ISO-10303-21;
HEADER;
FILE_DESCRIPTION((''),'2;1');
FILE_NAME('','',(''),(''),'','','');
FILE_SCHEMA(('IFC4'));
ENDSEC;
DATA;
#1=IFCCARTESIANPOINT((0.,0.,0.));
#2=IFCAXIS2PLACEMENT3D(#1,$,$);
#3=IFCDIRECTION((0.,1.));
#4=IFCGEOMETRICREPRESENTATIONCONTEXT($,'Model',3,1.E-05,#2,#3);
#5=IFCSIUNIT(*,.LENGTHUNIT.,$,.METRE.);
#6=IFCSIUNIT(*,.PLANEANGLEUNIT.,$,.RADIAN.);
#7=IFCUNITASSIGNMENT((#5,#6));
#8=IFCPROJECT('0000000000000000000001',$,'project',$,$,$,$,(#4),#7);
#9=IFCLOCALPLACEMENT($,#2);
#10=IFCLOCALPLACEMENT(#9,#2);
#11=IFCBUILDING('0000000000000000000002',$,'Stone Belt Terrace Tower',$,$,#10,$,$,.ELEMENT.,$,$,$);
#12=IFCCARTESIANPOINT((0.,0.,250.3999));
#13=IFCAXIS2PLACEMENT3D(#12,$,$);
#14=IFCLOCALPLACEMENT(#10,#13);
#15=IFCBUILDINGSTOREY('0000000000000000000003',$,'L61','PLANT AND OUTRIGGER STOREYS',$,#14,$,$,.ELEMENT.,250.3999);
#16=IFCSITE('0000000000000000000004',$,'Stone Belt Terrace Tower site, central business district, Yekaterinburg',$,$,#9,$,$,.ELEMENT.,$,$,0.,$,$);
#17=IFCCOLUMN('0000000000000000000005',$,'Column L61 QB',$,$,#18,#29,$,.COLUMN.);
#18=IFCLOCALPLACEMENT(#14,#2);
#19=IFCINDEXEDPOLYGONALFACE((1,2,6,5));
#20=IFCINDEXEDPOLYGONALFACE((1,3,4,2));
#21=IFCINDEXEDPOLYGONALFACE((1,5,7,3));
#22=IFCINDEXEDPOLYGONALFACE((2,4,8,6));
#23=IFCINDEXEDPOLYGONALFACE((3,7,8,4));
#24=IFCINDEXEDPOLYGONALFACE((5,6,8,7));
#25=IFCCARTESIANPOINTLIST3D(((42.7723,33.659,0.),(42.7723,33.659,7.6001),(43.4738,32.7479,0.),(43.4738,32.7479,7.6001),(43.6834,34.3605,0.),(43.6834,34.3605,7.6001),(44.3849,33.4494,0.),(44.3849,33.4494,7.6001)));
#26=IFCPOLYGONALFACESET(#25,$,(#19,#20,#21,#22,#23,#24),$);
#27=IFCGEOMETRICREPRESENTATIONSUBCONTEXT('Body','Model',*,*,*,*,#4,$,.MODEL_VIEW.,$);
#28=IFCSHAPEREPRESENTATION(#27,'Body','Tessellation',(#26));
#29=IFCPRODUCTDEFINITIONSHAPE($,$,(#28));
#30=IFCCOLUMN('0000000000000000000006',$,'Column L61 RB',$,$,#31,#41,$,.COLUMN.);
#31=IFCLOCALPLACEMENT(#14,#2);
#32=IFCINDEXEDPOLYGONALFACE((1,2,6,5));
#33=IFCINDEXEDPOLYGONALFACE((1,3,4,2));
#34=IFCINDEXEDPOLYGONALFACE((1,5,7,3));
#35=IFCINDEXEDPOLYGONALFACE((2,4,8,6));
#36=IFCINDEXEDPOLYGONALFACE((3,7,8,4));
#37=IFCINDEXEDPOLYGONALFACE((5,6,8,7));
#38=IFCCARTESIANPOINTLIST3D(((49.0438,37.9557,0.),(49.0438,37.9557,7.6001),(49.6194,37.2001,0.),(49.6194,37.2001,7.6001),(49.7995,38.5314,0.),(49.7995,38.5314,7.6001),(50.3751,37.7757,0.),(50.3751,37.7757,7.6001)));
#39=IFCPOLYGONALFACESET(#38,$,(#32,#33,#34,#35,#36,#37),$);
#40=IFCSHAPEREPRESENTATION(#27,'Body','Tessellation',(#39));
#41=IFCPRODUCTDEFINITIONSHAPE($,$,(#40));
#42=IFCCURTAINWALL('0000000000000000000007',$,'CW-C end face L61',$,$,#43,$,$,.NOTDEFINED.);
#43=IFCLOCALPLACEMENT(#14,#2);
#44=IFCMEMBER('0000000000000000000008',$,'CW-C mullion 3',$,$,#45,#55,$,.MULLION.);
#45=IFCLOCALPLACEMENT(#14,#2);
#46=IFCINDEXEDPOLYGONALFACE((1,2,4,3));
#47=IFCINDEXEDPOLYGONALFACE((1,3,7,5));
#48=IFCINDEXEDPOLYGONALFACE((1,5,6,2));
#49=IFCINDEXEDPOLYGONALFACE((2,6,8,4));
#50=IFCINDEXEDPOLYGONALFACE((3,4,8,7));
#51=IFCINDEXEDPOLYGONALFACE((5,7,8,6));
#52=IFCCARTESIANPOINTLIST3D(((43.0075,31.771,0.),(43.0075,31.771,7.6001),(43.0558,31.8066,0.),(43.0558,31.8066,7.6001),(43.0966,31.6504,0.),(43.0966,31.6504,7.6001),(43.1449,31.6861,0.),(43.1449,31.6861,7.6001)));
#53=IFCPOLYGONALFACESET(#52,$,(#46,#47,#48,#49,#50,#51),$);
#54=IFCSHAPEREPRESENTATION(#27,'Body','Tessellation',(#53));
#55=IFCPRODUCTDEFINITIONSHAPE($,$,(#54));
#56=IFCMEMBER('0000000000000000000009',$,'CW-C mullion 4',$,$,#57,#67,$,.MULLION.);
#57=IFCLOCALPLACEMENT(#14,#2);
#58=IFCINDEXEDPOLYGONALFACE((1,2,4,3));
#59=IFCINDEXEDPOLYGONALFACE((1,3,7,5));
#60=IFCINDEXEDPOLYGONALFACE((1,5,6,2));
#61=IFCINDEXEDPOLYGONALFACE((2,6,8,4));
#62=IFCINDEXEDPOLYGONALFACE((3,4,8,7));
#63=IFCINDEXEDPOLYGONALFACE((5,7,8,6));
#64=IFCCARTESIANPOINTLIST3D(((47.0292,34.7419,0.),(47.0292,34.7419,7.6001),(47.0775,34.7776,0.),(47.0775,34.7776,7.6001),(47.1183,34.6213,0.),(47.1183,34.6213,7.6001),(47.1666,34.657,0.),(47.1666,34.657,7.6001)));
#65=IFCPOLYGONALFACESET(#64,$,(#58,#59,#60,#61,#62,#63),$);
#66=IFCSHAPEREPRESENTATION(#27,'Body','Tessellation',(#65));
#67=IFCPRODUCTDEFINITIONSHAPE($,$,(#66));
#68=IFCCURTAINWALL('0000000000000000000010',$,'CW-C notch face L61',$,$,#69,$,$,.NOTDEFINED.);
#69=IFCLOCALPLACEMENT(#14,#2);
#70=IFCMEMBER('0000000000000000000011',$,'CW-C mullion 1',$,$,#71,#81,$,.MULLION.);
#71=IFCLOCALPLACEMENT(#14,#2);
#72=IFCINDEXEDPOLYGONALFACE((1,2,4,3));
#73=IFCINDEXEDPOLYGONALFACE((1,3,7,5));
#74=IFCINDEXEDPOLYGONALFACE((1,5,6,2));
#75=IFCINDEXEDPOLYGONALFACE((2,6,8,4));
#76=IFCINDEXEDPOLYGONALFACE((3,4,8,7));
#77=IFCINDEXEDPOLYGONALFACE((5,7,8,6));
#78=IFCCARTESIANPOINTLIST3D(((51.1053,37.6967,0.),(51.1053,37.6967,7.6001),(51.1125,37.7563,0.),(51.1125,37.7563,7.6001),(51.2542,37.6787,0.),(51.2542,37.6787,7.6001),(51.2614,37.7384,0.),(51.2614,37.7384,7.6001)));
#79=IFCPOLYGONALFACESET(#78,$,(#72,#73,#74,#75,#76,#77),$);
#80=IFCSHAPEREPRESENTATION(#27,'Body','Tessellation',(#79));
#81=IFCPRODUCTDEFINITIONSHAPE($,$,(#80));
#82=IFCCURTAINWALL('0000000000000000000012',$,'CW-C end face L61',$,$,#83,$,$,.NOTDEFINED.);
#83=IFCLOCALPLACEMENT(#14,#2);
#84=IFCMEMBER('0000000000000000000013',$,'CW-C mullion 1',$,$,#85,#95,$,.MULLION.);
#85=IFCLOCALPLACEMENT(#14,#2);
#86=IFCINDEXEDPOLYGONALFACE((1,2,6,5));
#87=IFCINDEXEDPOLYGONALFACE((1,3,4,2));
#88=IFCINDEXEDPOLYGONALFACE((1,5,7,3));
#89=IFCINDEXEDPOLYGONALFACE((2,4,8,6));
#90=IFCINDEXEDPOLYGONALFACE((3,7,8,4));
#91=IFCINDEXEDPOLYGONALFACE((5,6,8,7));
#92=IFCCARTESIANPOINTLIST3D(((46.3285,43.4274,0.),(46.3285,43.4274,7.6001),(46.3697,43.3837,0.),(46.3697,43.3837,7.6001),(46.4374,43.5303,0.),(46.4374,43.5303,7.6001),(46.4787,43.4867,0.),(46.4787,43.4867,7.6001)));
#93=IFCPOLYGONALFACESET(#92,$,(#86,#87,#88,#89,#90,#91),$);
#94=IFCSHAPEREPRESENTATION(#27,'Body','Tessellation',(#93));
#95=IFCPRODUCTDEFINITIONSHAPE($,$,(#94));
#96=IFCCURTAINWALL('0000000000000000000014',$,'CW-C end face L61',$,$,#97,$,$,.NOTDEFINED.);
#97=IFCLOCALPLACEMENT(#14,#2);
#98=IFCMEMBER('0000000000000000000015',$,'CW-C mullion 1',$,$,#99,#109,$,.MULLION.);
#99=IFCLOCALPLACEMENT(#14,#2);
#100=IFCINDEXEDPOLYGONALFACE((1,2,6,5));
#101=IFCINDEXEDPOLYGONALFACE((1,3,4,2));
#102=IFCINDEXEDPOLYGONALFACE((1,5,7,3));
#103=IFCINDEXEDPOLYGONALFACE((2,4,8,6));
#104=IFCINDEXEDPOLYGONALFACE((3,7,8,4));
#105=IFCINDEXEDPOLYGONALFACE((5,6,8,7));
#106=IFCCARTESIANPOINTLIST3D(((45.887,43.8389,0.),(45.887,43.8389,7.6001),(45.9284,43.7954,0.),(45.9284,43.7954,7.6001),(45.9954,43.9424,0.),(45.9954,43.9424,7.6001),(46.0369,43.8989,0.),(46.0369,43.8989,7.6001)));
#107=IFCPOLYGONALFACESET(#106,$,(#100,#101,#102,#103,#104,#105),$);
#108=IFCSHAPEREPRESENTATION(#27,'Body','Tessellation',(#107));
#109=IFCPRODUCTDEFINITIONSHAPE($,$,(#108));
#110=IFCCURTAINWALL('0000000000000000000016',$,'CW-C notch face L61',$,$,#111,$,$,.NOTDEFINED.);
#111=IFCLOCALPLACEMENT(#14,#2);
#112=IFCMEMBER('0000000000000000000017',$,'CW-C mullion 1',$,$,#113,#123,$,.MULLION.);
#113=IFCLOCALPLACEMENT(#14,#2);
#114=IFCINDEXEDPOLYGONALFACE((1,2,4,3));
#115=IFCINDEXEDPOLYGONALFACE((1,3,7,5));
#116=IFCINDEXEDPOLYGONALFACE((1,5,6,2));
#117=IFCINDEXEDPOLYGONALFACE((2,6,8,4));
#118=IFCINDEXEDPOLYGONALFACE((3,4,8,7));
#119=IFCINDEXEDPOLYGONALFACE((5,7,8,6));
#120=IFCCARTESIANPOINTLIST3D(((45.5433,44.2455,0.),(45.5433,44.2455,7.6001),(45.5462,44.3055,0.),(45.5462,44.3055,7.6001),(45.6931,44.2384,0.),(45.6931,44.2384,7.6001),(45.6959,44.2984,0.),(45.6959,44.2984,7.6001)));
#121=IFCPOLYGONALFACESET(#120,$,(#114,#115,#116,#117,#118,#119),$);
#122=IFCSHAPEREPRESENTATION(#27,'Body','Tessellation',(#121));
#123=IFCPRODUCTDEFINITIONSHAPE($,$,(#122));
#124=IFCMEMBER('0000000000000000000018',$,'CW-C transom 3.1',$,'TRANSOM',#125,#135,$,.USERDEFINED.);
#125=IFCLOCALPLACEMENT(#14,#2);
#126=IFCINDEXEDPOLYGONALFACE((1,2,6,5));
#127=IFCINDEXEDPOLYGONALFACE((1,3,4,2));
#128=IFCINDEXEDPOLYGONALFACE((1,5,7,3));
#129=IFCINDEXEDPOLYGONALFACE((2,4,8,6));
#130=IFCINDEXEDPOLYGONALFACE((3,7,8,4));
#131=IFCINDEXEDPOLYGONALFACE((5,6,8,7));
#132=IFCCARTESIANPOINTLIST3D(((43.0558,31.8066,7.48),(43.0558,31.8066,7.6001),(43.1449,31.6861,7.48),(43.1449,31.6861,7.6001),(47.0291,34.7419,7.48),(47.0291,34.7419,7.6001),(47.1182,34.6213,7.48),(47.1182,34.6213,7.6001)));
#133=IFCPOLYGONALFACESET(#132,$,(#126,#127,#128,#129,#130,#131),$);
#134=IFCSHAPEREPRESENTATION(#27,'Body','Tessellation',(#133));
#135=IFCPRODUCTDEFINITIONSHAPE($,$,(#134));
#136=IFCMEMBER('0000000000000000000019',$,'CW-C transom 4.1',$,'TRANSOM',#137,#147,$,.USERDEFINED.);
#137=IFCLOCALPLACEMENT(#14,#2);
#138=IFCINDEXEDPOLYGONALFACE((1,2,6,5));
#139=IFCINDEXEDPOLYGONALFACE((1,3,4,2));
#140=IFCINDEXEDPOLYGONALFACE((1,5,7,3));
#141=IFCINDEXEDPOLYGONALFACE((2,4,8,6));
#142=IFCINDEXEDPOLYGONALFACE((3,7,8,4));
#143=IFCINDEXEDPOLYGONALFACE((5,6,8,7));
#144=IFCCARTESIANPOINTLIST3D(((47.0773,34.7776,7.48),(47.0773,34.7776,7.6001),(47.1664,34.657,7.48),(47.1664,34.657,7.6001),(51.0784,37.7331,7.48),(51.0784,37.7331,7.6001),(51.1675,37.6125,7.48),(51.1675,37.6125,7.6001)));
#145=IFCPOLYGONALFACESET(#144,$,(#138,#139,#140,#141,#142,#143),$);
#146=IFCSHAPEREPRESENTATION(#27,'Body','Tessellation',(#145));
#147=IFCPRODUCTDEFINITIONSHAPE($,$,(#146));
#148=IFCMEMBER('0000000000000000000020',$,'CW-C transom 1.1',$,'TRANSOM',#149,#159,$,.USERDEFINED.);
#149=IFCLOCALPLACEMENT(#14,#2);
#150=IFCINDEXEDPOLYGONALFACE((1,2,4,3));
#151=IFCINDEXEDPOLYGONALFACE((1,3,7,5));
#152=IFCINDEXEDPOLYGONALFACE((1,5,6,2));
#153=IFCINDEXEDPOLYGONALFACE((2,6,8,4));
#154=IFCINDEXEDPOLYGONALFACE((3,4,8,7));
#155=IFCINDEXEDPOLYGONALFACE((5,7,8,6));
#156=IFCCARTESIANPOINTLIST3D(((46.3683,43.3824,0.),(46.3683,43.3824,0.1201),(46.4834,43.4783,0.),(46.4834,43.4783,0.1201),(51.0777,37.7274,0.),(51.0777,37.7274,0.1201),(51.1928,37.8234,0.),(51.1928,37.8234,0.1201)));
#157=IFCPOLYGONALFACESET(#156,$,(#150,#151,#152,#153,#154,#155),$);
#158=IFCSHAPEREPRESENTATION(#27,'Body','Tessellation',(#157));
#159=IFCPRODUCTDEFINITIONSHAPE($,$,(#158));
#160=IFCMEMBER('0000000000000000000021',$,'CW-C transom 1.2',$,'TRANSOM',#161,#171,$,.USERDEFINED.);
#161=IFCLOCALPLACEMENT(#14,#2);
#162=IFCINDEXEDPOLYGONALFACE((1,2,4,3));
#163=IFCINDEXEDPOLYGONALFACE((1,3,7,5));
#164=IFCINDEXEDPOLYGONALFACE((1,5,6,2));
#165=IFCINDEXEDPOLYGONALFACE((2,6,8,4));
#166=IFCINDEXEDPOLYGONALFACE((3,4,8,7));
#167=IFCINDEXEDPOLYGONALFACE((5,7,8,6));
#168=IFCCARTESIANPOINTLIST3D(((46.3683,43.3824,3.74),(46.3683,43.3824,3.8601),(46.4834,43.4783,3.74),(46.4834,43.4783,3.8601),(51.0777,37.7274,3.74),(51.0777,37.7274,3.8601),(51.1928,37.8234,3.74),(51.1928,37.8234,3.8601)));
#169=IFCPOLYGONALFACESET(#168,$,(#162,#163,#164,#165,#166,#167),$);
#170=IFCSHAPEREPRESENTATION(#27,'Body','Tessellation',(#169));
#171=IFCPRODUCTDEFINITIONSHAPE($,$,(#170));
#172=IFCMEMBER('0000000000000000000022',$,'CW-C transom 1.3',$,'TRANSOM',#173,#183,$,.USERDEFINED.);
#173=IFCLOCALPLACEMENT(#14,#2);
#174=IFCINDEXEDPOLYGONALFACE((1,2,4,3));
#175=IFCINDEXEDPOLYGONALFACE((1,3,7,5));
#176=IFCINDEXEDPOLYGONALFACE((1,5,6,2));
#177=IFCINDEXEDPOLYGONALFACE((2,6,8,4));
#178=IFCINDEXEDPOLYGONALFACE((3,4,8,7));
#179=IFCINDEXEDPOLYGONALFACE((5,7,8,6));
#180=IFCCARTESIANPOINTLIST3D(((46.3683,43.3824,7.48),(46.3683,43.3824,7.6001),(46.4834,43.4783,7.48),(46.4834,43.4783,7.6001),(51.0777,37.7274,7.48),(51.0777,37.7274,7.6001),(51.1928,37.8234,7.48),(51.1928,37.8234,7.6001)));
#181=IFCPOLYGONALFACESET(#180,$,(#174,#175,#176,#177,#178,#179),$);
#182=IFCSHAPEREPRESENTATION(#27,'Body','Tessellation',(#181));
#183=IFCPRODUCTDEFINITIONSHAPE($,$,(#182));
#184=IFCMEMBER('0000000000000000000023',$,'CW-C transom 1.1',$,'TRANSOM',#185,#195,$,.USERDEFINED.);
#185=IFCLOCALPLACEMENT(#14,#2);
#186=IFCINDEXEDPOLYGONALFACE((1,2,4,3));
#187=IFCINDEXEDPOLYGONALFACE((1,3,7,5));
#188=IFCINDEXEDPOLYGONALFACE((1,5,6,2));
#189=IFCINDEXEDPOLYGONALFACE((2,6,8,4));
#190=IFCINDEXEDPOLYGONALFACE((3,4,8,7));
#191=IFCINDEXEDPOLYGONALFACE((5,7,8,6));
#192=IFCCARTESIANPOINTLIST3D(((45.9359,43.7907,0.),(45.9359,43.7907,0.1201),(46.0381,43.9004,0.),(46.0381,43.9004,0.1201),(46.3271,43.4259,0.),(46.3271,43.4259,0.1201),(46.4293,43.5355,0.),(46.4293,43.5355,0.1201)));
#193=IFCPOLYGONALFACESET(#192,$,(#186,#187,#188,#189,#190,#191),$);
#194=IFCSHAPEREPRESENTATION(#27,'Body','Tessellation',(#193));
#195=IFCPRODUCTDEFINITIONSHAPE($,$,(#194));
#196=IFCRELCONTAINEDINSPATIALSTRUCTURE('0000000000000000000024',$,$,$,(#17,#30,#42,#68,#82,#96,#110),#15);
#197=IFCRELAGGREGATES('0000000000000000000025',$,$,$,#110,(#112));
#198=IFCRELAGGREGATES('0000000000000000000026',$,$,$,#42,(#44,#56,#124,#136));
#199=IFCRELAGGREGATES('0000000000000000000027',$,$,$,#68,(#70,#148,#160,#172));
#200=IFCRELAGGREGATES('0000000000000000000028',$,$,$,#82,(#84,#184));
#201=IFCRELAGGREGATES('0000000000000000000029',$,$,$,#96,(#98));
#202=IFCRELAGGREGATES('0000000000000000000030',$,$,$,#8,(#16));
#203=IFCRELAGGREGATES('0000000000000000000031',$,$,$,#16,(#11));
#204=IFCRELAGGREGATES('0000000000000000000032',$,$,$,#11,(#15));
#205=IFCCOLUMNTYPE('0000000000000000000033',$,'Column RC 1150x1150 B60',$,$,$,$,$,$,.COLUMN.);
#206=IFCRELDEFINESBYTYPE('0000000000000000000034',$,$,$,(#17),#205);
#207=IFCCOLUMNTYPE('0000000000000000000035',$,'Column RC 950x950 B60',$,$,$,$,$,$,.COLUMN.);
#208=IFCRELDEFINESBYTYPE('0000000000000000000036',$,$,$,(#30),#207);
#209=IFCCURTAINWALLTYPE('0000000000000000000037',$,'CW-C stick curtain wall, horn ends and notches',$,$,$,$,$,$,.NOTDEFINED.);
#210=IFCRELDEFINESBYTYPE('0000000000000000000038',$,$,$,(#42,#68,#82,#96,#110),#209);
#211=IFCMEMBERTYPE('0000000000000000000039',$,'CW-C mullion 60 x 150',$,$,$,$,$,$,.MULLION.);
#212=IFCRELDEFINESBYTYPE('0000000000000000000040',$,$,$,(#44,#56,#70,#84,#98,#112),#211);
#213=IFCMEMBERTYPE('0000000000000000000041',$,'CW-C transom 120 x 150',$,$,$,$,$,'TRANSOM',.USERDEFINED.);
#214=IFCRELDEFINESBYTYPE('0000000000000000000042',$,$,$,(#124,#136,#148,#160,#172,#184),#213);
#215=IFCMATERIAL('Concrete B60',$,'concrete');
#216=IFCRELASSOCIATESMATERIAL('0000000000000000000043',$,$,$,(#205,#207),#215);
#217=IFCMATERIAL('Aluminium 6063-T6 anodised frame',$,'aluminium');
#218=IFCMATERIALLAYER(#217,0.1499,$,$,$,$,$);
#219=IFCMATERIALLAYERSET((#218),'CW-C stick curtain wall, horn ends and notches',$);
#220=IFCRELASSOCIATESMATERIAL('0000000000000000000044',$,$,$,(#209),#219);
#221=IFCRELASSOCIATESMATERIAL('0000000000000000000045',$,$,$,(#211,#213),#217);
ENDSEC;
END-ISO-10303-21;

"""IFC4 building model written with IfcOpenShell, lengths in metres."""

from ifc_helpers import new_model, si_unit, direction, frame, origin, origin_2d, place, context, subcontext, project, spatial, rectangle, extrude, material, layer, layer_set, material_profile, profile_set, type_object, element, aggregate, save


model = new_model("IFC4")

# Units and contexts
model_context = context("Model", 3, precision=1e-05, world=origin(), true_north=direction((0.0, 1.0)))
body_context = subcontext(model_context, "Body", "Model", "MODEL_VIEW")
ifc_project = project(units=[si_unit("LENGTHUNIT", "METRE"), si_unit("PLANEANGLEUNIT", "RADIAN")], contexts=[model_context])

# Site, building, storey
site_placement = place(None, origin())
site = spatial("IfcSite", under=ifc_project, at=site_placement, Name="Stone Belt Terrace Tower site, central business district, Yekaterinburg", CompositionType="ELEMENT", RefElevation=0.0)
building_placement = place(site_placement, origin())
building = spatial("IfcBuilding", under=site, at=building_placement, Name="Stone Belt Terrace Tower", CompositionType="ELEMENT")
storey_placement = place(building_placement, frame((0.0, 0.0, 250.3999)))
storey = spatial("IfcBuildingStorey", under=building, at=storey_placement, Name="L61", Description="PLANT AND OUTRIGGER STOREYS", CompositionType="ELEMENT", Elevation=250.3999)

# Columns
ifc_material_1 = material(Name="Concrete B60", Category="concrete")
ifc_material_profile_1 = material_profile(ifc_material_1, rectangle(XDim=1.1499, YDim=1.1499, at=origin_2d()), Name="RC 1150x1150")
ifc_profile_set_1 = profile_set([ifc_material_profile_1], Name="Concrete B60")
column_type_1 = type_object("IfcColumnType", Name="Column RC 1150x1150 B60", PredefinedType="COLUMN", material=ifc_profile_set_1)
column_1_placement = place(storey_placement, frame((43.5786, 33.5542, 0.0), z_axis=(0.0, 0.0, 1.0), x_axis=(0.610079, -0.792341, 0.0)))
element("IfcColumn", 1, at=column_1_placement, inside=storey, type_object=column_type_1, Name="Column L61 QB", PredefinedType="COLUMN", context=body_context, shape_type="SweptSolid", body=[
    extrude(rectangle(XDim=1.1499, YDim=1.1499, at=origin_2d()), origin(), (0.0, 0.0, 1.0), 7.6001),
])
ifc_material_profile_2 = material_profile(ifc_material_1, rectangle(XDim=0.95, YDim=0.95, at=origin_2d()), Name="RC 950x950")
ifc_profile_set_2 = profile_set([ifc_material_profile_2], Name="Concrete B60")
column_type_2 = type_object("IfcColumnType", Name="Column RC 950x950 B60", PredefinedType="COLUMN", material=ifc_profile_set_2)
column_2_placement = place(storey_placement, frame((49.7095, 37.8657, 0.0), z_axis=(0.0, 0.0, 1.0), x_axis=(0.605961, -0.795495, 0.0)))
element("IfcColumn", 2, at=column_2_placement, inside=storey, type_object=column_type_2, Name="Column L61 RB", PredefinedType="COLUMN", context=body_context, shape_type="SweptSolid", body=[
    extrude(rectangle(XDim=0.95, YDim=0.95, at=origin_2d()), origin(), (0.0, 0.0, 1.0), 7.6001),
])

# Curtain wall, members
ifc_material_2 = material(Name="Aluminium 6063-T6 anodised frame", Category="aluminium")
ifc_layer_1 = layer(ifc_material_2, 0.1499)
ifc_layer_set_1 = layer_set([ifc_layer_1], Name="CW-C stick curtain wall, horn ends and notches")
curtain_wall_type = type_object("IfcCurtainWallType", Name="CW-C stick curtain wall, horn ends and notches", PredefinedType="NOTDEFINED", material=ifc_layer_set_1)
curtain_wall_1_placement = place(storey_placement, origin())
curtain_wall_1 = element("IfcCurtainWall", 3, at=curtain_wall_1_placement, inside=storey, type_object=curtain_wall_type, Name="CW-C end face L61", PredefinedType="NOTDEFINED")
ifc_material_profile_3 = material_profile(ifc_material_2, rectangle(XDim=0.1499, YDim=0.0601, at=origin_2d()), Name="Aluminium 6063-T6 60x150")
ifc_profile_set_3 = profile_set([ifc_material_profile_3], Name="Aluminium 6063-T6 anodised frame")
member_type_1 = type_object("IfcMemberType", Name="CW-C mullion 60 x 150", PredefinedType="MULLION", material=ifc_profile_set_3)
member_1_placement = place(storey_placement, frame((43.0762, 31.7285, 0.0), z_axis=(0.0, 0.0, 1.0), x_axis=(-0.594184, 0.804329, 0.0)))
member_1 = element("IfcMember", 4, at=member_1_placement, type_object=member_type_1, Name="CW-C mullion 3", PredefinedType="MULLION", context=body_context, shape_type="SweptSolid", body=[
    extrude(rectangle(XDim=0.1499, YDim=0.0601, at=origin_2d()), origin(), (0.0, 0.0, 1.0), 7.6001),
])
member_2_placement = place(storey_placement, frame((47.0979, 34.6995, 0.0), z_axis=(0.0, 0.0, 1.0), x_axis=(-0.594184, 0.804329, 0.0)))
member_2 = element("IfcMember", 5, at=member_2_placement, type_object=member_type_1, Name="CW-C mullion 4", PredefinedType="MULLION", context=body_context, shape_type="SweptSolid", body=[
    extrude(rectangle(XDim=0.1499, YDim=0.0601, at=origin_2d()), origin(), (0.0, 0.0, 1.0), 7.6001),
])

# Curtain walls, members
curtain_wall_2_placement = place(storey_placement, origin())
curtain_wall_2 = element("IfcCurtainWall", 6, at=curtain_wall_2_placement, inside=storey, type_object=curtain_wall_type, Name="CW-C notch face L61", PredefinedType="NOTDEFINED")
member_3_placement = place(storey_placement, frame((51.1833, 37.7175, 0.0), z_axis=(0.0, 0.0, 1.0), x_axis=(-0.992802, 0.119768, 0.0)))
member_3 = element("IfcMember", 7, at=member_3_placement, type_object=member_type_1, Name="CW-C mullion 1", PredefinedType="MULLION", context=body_context, shape_type="SweptSolid", body=[
    extrude(rectangle(XDim=0.1499, YDim=0.0601, at=origin_2d()), origin(), (0.0, 0.0, 1.0), 7.6001),
])
curtain_wall_3_placement = place(storey_placement, origin())
curtain_wall_3 = element("IfcCurtainWall", 8, at=curtain_wall_3_placement, inside=storey, type_object=curtain_wall_type, Name="CW-C end face L61", PredefinedType="NOTDEFINED")
member_4_placement = place(storey_placement, frame((46.4036, 43.457, 0.0), z_axis=(0.0, 0.0, 1.0), x_axis=(-0.726653, -0.687004, 0.0)))
member_4 = element("IfcMember", 9, at=member_4_placement, type_object=member_type_1, Name="CW-C mullion 1", PredefinedType="MULLION", context=body_context, shape_type="SweptSolid", body=[
    extrude(rectangle(XDim=0.1499, YDim=0.0601, at=origin_2d()), origin(), (0.0, 0.0, 1.0), 7.6001),
])
curtain_wall_4_placement = place(storey_placement, origin())
curtain_wall_4 = element("IfcCurtainWall", 10, at=curtain_wall_4_placement, inside=storey, type_object=curtain_wall_type, Name="CW-C end face L61", PredefinedType="NOTDEFINED")
member_5_placement = place(storey_placement, frame((45.9619, 43.8689, 0.0), z_axis=(0.0, 0.0, 1.0), x_axis=(-0.723386, -0.690443, 0.0)))
member_5 = element("IfcMember", 11, at=member_5_placement, type_object=member_type_1, Name="CW-C mullion 1", PredefinedType="MULLION", context=body_context, shape_type="SweptSolid", body=[
    extrude(rectangle(XDim=0.1499, YDim=0.0601, at=origin_2d()), origin(), (0.0, 0.0, 1.0), 7.6001),
])
curtain_wall_5_placement = place(storey_placement, origin())
curtain_wall_5 = element("IfcCurtainWall", 12, at=curtain_wall_5_placement, inside=storey, type_object=curtain_wall_type, Name="CW-C notch face L61", PredefinedType="NOTDEFINED")
member_6_placement = place(storey_placement, frame((45.6196, 44.272, 0.0), z_axis=(0.0, 0.0, 1.0), x_axis=(-0.998865, 0.047626, 0.0)))
member_6 = element("IfcMember", 13, at=member_6_placement, type_object=member_type_1, Name="CW-C mullion 1", PredefinedType="MULLION", context=body_context, shape_type="SweptSolid", body=[
    extrude(rectangle(XDim=0.1499, YDim=0.0601, at=origin_2d()), origin(), (0.0, 0.0, 1.0), 7.6001),
])

# Members
ifc_material_profile_4 = material_profile(ifc_material_2, rectangle(XDim=0.1499, YDim=0.1201, at=origin_2d()), Name="Aluminium 6063-T6 150x120")
ifc_profile_set_4 = profile_set([ifc_material_profile_4], Name="Aluminium 6063-T6 anodised frame")
member_type_2 = type_object("IfcMemberType", Name="CW-C transom 120 x 150", ElementType="TRANSOM", PredefinedType="USERDEFINED", material=ifc_profile_set_4)
member_7_placement = place(storey_placement, frame((43.1003, 31.7463, 7.54), z_axis=(0.804326, 0.594188, 0.0), x_axis=(-0.594188, 0.804326, 0.0)))
member_7 = element("IfcMember", 14, at=member_7_placement, type_object=member_type_2, Name="CW-C transom 3.1", ObjectType="TRANSOM", PredefinedType="USERDEFINED", context=body_context, shape_type="SweptSolid", body=[
    extrude(rectangle(XDim=0.1499, YDim=0.1201, at=origin_2d()), origin(), (0.0, 0.0, 1.0), 4.9399),
])
member_8_placement = place(storey_placement, frame((47.1218, 34.7173, 7.54), z_axis=(0.804355, 0.59415, 0.0), x_axis=(-0.59415, 0.804355, 0.0)))
member_8 = element("IfcMember", 15, at=member_8_placement, type_object=member_type_2, Name="CW-C transom 4.1", ObjectType="TRANSOM", PredefinedType="USERDEFINED", context=body_context, shape_type="SweptSolid", body=[
    extrude(rectangle(XDim=0.1499, YDim=0.1201, at=origin_2d()), origin(), (0.0, 0.0, 1.0), 4.9744),
])
member_9_placement = place(storey_placement, frame((51.1353, 37.7754, 0.0601), z_axis=(-0.63994, 0.768425, 0.0), x_axis=(-0.768425, -0.63994, 0.0)))
member_9 = element("IfcMember", 16, at=member_9_placement, type_object=member_type_2, Name="CW-C transom 1.1", ObjectType="TRANSOM", PredefinedType="USERDEFINED", context=body_context, shape_type="SweptSolid", body=[
    extrude(rectangle(XDim=0.1499, YDim=0.1201, at=origin_2d()), origin(), (0.0, 0.0, 1.0), 7.3591),
])
member_10_placement = place(storey_placement, frame((51.1353, 37.7754, 3.8), z_axis=(-0.63994, 0.768425, 0.0), x_axis=(-0.768425, -0.63994, 0.0)))
member_10 = element("IfcMember", 17, at=member_10_placement, type_object=member_type_2, Name="CW-C transom 1.2", ObjectType="TRANSOM", PredefinedType="USERDEFINED", context=body_context, shape_type="SweptSolid", body=[
    extrude(rectangle(XDim=0.1499, YDim=0.1201, at=origin_2d()), origin(), (0.0, 0.0, 1.0), 7.3591),
])
member_11_placement = place(storey_placement, frame((51.1353, 37.7754, 7.54), z_axis=(-0.63994, 0.768425, 0.0), x_axis=(-0.768425, -0.63994, 0.0)))
member_11 = element("IfcMember", 18, at=member_11_placement, type_object=member_type_2, Name="CW-C transom 1.3", ObjectType="TRANSOM", PredefinedType="USERDEFINED", context=body_context, shape_type="SweptSolid", body=[
    extrude(rectangle(XDim=0.1499, YDim=0.1201, at=origin_2d()), origin(), (0.0, 0.0, 1.0), 7.3591),
])
member_12_placement = place(storey_placement, frame((46.3782, 43.4807, 0.0601), z_axis=(-0.731328, 0.682025, 0.0), x_axis=(-0.682025, -0.731328, 0.0)))
member_12 = element("IfcMember", 19, at=member_12_placement, type_object=member_type_2, Name="CW-C transom 1.1", ObjectType="TRANSOM", PredefinedType="USERDEFINED", context=body_context, shape_type="SweptSolid", body=[
    extrude(rectangle(XDim=0.1499, YDim=0.1201, at=origin_2d()), origin(), (0.0, 0.0, 1.0), 0.5349),
])
aggregate(curtain_wall_5, [member_6])

aggregate(curtain_wall_1, [member_1, member_2, member_7, member_8])
aggregate(curtain_wall_2, [member_3, member_9, member_10, member_11])
aggregate(curtain_wall_3, [member_4, member_12])
aggregate(curtain_wall_4, [member_5])

save(model, "model.ifc")
